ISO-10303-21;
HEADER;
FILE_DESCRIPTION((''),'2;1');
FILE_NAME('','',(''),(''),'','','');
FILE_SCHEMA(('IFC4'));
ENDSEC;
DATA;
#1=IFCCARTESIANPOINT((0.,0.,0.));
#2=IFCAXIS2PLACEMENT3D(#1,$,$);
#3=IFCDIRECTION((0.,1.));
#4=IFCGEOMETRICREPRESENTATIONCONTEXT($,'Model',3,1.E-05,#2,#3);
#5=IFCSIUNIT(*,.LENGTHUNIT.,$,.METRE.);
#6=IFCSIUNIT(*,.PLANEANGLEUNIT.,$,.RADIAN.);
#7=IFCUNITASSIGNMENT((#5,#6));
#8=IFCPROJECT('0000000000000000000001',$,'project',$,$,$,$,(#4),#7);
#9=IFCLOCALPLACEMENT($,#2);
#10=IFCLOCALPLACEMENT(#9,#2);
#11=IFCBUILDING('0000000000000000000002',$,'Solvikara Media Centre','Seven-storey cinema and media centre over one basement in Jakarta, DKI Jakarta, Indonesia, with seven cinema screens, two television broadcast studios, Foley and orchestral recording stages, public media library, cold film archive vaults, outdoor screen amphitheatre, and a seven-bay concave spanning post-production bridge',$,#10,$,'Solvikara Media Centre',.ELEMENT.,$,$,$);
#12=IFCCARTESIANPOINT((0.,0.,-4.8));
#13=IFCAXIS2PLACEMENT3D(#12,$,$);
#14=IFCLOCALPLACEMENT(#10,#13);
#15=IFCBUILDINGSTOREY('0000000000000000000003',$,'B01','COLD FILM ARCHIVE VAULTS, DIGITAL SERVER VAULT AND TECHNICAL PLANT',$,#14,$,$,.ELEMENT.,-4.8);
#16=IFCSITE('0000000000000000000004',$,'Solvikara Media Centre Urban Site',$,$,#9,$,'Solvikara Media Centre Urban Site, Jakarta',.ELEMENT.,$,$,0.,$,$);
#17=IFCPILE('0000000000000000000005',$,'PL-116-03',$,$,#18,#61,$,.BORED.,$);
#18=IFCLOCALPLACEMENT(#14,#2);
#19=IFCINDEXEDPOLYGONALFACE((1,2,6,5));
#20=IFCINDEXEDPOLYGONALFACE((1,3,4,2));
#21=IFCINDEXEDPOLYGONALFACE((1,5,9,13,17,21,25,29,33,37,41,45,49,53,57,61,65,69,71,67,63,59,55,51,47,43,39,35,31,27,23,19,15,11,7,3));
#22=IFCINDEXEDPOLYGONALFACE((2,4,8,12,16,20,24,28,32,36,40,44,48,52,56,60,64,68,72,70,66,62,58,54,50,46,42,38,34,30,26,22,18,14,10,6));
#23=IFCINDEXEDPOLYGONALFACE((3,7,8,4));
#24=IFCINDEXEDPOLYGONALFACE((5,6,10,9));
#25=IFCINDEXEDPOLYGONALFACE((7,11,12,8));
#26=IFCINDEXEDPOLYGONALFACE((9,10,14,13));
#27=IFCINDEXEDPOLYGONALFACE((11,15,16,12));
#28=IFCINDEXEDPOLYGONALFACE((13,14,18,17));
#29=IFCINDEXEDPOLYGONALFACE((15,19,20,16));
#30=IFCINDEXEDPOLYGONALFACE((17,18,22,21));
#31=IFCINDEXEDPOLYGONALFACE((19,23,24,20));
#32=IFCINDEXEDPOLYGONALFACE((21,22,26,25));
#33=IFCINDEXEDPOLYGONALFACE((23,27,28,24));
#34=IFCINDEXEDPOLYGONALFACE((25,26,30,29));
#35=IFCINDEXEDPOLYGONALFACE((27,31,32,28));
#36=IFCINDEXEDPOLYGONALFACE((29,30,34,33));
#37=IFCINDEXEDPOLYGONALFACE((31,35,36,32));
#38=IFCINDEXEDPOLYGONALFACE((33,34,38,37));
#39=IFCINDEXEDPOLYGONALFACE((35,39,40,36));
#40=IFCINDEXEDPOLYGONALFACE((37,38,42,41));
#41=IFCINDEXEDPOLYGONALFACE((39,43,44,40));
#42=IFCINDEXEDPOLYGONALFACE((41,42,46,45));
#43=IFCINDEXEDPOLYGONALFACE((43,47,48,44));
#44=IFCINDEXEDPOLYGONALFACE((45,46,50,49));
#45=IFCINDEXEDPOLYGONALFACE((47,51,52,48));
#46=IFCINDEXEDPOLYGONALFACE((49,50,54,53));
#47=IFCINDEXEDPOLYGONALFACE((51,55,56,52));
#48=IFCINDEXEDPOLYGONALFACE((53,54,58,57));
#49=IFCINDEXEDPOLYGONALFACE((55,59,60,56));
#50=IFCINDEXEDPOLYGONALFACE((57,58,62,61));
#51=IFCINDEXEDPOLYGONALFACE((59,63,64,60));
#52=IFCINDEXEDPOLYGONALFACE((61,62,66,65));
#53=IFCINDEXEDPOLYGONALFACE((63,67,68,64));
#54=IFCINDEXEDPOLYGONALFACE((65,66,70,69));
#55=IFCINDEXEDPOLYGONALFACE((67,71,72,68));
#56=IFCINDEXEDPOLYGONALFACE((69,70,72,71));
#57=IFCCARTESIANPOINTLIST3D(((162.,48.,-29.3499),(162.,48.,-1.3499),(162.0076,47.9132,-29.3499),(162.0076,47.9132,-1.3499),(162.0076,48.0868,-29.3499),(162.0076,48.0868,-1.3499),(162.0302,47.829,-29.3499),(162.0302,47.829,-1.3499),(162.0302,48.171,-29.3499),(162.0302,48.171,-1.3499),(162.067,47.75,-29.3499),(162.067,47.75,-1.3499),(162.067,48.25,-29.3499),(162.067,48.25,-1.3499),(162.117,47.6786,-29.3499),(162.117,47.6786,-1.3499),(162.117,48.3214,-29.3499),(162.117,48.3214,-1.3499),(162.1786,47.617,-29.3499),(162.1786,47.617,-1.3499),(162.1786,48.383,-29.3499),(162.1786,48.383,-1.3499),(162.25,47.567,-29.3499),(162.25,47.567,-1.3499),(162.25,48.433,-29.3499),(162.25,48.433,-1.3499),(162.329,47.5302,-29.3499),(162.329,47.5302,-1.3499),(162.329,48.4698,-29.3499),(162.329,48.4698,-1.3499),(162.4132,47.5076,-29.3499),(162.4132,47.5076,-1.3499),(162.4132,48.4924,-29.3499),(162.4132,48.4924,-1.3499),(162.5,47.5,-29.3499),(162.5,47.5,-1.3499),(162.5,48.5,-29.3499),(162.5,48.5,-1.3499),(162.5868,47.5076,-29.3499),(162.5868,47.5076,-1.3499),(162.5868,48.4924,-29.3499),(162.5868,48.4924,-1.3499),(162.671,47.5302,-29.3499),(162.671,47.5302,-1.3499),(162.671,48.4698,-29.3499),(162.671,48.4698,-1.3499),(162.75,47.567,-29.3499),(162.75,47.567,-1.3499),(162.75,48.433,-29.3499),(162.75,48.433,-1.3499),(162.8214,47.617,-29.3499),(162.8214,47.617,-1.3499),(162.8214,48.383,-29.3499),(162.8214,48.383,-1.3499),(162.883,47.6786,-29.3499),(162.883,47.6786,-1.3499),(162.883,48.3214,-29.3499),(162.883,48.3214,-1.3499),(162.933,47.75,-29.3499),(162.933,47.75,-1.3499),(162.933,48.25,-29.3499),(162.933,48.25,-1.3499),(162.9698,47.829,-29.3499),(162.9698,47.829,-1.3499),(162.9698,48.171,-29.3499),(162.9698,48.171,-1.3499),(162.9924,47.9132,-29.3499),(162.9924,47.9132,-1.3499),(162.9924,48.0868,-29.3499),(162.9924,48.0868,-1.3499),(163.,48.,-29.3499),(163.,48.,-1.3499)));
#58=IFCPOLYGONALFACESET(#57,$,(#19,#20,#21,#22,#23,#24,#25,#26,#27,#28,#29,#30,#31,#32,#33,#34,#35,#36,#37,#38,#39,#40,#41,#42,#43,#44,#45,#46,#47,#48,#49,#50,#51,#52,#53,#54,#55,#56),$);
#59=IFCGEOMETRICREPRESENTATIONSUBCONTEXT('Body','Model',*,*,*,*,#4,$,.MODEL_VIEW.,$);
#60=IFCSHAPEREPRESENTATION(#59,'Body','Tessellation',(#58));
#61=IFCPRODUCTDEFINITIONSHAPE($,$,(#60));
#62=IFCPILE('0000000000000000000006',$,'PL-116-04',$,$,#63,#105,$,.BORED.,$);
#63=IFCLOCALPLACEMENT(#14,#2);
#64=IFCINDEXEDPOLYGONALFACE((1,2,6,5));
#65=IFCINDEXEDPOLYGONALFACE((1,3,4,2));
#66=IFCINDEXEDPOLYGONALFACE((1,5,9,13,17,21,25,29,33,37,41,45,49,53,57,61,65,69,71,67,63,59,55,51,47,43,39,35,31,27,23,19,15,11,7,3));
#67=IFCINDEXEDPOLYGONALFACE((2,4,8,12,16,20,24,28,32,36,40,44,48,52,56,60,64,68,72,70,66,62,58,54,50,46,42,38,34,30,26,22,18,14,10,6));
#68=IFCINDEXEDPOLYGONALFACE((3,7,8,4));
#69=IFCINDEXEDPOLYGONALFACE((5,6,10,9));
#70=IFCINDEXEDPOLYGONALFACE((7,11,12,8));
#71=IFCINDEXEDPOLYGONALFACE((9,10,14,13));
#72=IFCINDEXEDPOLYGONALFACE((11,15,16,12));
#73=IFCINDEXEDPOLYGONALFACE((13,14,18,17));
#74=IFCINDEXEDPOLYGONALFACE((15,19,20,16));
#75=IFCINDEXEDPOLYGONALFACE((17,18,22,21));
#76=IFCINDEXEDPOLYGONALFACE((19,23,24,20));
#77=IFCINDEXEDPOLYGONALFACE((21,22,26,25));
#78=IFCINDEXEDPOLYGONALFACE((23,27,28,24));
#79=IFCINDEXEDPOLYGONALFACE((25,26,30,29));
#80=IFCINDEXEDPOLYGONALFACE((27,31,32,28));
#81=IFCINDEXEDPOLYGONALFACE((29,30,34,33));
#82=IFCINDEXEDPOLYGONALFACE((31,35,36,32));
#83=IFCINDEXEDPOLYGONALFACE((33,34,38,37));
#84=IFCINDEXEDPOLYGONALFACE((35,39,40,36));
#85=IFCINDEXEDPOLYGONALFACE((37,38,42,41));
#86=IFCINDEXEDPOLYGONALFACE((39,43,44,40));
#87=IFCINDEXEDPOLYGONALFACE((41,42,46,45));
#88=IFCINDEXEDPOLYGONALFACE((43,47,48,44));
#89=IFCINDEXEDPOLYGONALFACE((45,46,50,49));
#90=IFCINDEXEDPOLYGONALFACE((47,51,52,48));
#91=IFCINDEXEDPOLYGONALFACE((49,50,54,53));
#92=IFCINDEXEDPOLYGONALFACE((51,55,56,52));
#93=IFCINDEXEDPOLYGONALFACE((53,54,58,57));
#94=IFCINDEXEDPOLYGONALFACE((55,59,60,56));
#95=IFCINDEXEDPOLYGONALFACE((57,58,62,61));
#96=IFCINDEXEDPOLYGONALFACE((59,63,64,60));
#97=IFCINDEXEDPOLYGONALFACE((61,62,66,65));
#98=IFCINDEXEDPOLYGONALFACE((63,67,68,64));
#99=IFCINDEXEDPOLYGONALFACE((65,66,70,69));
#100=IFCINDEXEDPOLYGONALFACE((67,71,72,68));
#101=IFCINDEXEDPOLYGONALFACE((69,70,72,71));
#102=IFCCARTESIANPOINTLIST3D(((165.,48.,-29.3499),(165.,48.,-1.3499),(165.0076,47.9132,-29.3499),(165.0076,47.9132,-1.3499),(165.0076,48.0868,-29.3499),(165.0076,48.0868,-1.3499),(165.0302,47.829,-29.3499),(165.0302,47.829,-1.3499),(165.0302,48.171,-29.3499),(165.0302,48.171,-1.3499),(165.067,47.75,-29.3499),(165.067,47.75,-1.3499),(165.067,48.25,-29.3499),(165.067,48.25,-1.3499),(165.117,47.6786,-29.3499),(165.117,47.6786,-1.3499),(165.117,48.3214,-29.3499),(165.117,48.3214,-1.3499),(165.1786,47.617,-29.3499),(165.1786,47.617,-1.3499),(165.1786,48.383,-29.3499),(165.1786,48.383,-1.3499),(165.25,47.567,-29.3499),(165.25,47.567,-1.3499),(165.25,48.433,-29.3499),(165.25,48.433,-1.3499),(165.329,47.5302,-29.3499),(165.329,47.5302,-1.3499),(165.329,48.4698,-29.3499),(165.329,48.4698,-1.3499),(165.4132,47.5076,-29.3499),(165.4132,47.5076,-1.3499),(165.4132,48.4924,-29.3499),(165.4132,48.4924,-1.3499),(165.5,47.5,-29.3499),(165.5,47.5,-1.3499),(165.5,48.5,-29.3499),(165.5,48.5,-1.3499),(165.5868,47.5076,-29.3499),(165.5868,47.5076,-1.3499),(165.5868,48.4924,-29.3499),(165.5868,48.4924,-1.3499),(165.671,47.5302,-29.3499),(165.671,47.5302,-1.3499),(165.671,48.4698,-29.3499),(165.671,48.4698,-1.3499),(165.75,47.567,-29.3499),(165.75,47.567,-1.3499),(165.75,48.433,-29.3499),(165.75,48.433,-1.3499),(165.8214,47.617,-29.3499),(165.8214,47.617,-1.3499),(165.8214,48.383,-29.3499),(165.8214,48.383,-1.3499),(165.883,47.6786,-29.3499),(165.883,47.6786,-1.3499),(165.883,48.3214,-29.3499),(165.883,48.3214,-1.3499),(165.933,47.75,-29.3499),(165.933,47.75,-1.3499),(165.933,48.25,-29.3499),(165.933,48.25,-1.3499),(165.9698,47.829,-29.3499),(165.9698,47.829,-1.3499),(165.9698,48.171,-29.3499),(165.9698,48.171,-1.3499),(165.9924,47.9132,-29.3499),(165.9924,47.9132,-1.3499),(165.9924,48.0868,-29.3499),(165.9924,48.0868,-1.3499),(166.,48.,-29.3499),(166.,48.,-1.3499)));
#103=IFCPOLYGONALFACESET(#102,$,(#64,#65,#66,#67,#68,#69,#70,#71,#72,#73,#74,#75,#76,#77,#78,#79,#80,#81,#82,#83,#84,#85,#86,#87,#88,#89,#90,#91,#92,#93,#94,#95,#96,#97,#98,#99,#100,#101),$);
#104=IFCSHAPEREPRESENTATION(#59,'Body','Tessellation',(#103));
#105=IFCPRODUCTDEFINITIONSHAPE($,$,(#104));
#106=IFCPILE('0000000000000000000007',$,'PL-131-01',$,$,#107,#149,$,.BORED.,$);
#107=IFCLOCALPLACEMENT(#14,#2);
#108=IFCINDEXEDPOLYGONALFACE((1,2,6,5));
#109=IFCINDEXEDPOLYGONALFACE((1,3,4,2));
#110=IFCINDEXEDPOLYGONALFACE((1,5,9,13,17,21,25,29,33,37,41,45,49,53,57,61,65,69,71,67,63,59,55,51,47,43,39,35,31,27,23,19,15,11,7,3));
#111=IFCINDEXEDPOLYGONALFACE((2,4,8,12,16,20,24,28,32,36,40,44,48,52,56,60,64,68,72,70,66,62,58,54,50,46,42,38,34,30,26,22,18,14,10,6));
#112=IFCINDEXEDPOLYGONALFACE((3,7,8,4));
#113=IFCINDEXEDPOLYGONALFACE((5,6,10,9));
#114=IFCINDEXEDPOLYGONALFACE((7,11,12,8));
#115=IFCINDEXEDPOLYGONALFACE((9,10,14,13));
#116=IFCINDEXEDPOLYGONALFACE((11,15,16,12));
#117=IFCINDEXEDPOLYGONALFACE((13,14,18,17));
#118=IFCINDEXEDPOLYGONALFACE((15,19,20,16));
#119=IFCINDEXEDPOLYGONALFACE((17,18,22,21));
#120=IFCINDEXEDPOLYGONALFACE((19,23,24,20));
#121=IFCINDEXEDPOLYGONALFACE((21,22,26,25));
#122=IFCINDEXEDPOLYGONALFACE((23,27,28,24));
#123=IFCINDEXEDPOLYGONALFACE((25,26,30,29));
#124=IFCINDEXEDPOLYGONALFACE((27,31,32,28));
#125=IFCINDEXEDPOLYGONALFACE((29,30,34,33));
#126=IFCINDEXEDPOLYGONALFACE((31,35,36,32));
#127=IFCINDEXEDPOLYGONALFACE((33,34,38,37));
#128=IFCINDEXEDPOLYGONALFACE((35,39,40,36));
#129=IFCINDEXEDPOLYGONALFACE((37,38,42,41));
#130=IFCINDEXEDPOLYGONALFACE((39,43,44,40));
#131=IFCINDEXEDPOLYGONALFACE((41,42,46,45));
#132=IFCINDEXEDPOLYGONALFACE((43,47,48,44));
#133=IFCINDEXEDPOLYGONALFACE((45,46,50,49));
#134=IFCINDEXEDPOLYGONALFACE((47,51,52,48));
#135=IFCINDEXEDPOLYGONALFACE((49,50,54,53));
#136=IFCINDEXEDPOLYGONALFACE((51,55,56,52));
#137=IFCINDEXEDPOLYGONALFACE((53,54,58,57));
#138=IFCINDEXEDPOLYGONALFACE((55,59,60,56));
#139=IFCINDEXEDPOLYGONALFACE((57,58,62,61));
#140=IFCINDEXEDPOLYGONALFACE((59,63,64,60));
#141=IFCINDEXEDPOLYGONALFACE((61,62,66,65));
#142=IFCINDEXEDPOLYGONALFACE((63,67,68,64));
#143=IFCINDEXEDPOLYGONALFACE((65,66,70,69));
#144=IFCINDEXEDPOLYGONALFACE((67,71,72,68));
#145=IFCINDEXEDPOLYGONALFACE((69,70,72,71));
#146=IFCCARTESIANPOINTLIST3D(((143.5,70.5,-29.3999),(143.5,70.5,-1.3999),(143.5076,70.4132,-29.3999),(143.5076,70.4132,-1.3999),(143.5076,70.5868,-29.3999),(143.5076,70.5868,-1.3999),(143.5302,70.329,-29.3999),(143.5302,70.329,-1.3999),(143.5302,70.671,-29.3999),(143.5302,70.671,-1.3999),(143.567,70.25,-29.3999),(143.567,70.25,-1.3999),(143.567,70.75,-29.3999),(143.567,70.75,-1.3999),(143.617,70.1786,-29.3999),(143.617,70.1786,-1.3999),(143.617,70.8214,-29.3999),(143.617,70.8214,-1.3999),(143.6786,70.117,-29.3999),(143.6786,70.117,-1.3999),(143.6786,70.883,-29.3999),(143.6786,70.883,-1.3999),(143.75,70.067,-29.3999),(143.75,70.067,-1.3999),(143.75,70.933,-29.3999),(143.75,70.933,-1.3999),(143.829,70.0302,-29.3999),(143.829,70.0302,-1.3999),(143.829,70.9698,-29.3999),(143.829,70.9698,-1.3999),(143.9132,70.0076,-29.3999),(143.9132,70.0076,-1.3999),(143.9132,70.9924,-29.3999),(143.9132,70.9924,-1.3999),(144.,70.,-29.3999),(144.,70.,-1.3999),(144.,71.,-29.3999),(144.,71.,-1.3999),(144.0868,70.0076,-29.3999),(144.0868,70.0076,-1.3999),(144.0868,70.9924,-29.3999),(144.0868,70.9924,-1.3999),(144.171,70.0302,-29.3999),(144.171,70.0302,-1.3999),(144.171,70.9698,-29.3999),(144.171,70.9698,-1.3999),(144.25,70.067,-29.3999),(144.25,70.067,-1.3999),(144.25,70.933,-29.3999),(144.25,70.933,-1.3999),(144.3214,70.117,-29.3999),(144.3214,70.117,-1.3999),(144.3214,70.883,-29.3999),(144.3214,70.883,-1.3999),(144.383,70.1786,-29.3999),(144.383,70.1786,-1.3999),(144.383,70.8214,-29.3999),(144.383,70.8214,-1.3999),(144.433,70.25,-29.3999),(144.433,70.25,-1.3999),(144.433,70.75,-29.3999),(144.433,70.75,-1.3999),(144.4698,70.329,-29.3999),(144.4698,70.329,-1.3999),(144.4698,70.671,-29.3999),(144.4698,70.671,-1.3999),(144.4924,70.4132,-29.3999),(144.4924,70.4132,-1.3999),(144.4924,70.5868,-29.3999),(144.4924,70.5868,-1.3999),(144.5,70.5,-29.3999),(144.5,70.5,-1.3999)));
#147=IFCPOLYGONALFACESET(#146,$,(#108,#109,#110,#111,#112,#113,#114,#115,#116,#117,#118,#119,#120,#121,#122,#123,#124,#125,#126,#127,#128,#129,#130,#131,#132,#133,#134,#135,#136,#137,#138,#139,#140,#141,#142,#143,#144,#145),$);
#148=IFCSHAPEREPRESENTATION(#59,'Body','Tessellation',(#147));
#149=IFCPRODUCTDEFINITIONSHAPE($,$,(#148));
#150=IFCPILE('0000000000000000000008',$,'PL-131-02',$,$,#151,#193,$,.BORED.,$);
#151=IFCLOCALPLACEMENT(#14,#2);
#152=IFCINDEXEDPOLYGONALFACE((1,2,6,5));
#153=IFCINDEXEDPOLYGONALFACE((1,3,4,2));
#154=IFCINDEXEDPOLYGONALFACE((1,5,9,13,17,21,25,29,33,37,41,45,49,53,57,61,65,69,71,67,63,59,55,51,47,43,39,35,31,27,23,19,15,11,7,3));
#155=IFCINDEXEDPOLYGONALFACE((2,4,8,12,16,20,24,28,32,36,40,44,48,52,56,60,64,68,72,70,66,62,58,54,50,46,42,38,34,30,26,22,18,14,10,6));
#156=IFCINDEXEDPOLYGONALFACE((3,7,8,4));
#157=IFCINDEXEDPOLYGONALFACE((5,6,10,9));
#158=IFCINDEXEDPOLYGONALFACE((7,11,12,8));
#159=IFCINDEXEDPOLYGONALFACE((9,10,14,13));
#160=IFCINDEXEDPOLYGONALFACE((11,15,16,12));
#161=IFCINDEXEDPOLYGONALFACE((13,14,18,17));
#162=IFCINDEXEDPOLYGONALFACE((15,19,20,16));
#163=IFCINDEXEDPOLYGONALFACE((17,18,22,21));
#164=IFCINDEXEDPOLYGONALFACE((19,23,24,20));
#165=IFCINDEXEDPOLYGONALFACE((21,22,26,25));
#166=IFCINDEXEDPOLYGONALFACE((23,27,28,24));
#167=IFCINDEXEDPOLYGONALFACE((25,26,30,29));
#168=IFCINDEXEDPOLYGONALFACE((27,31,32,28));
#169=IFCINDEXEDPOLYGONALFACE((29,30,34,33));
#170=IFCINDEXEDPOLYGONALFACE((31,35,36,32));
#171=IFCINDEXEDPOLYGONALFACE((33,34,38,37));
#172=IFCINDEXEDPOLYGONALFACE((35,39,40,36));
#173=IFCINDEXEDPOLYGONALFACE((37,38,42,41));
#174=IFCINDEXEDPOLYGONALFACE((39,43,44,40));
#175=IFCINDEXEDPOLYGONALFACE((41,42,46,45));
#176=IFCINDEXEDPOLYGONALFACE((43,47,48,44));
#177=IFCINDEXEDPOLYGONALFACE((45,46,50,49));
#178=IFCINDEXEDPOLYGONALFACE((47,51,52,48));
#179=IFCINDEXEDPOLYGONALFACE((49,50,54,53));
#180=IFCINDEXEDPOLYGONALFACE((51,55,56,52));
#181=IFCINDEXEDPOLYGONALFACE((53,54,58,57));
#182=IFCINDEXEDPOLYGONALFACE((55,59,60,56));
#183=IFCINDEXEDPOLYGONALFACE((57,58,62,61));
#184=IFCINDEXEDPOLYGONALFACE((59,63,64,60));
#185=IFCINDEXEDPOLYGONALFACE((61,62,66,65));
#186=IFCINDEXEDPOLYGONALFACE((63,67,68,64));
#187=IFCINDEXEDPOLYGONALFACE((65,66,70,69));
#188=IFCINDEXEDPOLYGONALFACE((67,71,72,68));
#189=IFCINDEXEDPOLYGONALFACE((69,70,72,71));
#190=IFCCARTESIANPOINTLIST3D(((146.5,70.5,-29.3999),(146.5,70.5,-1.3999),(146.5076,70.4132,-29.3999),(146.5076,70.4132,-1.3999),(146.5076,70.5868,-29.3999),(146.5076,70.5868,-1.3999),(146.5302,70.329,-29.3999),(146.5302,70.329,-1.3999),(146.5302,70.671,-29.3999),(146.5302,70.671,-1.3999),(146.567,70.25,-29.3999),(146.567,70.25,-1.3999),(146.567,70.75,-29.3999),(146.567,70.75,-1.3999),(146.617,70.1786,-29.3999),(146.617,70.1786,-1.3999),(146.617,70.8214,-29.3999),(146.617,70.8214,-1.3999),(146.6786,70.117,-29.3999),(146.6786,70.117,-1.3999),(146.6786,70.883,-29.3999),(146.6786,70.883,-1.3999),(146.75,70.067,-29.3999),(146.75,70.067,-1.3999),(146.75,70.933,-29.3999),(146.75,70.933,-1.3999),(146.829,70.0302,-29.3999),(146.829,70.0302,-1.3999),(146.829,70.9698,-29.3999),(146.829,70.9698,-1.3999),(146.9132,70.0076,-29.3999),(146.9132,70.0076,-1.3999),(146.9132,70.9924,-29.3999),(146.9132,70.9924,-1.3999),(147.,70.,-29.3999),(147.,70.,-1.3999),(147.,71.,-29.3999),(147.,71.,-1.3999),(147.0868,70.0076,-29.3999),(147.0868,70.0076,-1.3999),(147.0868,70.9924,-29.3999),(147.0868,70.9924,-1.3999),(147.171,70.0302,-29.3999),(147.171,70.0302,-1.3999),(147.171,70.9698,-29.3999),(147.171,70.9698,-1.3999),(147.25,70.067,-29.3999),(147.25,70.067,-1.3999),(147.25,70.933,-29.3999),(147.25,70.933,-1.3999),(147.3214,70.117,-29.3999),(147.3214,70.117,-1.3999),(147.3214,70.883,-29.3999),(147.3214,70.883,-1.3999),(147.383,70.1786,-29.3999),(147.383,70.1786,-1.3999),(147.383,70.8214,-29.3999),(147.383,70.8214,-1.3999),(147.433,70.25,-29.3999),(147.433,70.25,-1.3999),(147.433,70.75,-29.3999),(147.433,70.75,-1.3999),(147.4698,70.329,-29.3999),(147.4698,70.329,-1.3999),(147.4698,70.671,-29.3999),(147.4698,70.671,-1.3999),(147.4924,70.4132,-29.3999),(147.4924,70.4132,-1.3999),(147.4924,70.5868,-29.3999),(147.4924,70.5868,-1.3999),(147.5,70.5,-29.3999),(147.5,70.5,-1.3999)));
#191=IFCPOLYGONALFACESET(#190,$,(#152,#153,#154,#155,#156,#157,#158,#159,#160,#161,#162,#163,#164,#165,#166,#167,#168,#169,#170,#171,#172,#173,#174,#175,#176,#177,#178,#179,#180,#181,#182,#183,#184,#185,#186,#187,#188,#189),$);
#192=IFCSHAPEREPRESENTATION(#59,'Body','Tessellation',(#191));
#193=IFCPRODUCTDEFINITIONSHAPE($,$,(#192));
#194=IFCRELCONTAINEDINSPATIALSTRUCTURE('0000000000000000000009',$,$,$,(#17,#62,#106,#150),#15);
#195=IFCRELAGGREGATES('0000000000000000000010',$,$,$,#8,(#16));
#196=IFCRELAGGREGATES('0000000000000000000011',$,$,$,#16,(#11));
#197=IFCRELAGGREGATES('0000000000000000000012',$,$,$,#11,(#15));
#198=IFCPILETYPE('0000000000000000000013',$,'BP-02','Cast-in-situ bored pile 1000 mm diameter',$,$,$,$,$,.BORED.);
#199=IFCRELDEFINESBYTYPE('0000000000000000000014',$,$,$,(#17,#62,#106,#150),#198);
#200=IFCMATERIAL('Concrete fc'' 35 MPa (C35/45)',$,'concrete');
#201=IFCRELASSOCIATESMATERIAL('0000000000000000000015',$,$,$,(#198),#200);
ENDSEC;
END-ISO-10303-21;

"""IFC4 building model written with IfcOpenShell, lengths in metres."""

from ifc_helpers import new_model, si_unit, direction, frame, origin, origin_2d, place, context, subcontext, project, spatial, circle, extrude, material, material_profile, profile_set, type_object, element, save


model = new_model("IFC4")

# Units and contexts
model_context = context("Model", 3, precision=1e-05, world=origin(), true_north=direction((0.0, 1.0)))
body_context = subcontext(model_context, "Body", "Model", "MODEL_VIEW")
ifc_project = project(units=[si_unit("LENGTHUNIT", "METRE"), si_unit("PLANEANGLEUNIT", "RADIAN")], contexts=[model_context])

# Site, building, storey
site_placement = place(None, origin())
site = spatial("IfcSite", under=ifc_project, at=site_placement, Name="Solvikara Media Centre Urban Site", LongName="Solvikara Media Centre Urban Site, Jakarta", CompositionType="ELEMENT", RefElevation=0.0)
building_placement = place(site_placement, origin())
building = spatial("IfcBuilding", under=site, at=building_placement, Name="Solvikara Media Centre", Description="Seven-storey cinema and media centre over one basement in Jakarta, DKI Jakarta, Indonesia, with seven cinema screens, two television broadcast studios, Foley and orchestral recording stages, public media library, cold film archive vaults, outdoor screen amphitheatre, and a seven-bay concave spanning post-production bridge", LongName="Solvikara Media Centre", CompositionType="ELEMENT")
storey_placement = place(building_placement, frame((0.0, 0.0, -4.8)))
storey = spatial("IfcBuildingStorey", under=building, at=storey_placement, Name="B01", Description="COLD FILM ARCHIVE VAULTS, DIGITAL SERVER VAULT AND TECHNICAL PLANT", CompositionType="ELEMENT", Elevation=-4.8)

# Piles
ifc_material_1 = material(Name="Concrete fc' 35 MPa (C35/45)", Category="concrete")
ifc_material_profile_1 = material_profile(ifc_material_1, circle(Radius=0.5, at=origin_2d()), Name="BORED PILE D1000")
ifc_profile_set_1 = profile_set([ifc_material_profile_1], Name="Concrete fc' 35 MPa (C35/45)")
pile_type_1 = type_object("IfcPileType", Name="BP-02", Description="Cast-in-situ bored pile 1000 mm diameter", PredefinedType="BORED", material=ifc_profile_set_1)
for number, where, z_axis, x_axis, name in (
    (1, (162.5, 48.0, -1.3499), (0.0, 0.0, -1.0), (1.0, 0.0, 0.0), "PL-116-03"),
    (2, (165.5, 48.0, -1.3499), (0.0, 0.0, -1.0), (1.0, 0.0, 0.0), "PL-116-04"),
    (3, (144.0, 70.5, -1.3999), (0.0, 0.0, -1.0), (1.0, 0.0, 0.0), "PL-131-01"),
    (4, (147.0, 70.5, -1.3999), (0.0, 0.0, -1.0), (1.0, 0.0, 0.0), "PL-131-02"),
):
    element("IfcPile", number, at=place(storey_placement, frame(where, z_axis=z_axis, x_axis=x_axis)), inside=storey, type_object=pile_type_1, Name=name, PredefinedType="BORED", context=body_context, shape_type="SweptSolid", body=[
        extrude(circle(Radius=0.5, at=origin_2d()), origin(), (0.0, 0.0, 1.0), 28.0),
    ])

save(model, "model.ifc")
